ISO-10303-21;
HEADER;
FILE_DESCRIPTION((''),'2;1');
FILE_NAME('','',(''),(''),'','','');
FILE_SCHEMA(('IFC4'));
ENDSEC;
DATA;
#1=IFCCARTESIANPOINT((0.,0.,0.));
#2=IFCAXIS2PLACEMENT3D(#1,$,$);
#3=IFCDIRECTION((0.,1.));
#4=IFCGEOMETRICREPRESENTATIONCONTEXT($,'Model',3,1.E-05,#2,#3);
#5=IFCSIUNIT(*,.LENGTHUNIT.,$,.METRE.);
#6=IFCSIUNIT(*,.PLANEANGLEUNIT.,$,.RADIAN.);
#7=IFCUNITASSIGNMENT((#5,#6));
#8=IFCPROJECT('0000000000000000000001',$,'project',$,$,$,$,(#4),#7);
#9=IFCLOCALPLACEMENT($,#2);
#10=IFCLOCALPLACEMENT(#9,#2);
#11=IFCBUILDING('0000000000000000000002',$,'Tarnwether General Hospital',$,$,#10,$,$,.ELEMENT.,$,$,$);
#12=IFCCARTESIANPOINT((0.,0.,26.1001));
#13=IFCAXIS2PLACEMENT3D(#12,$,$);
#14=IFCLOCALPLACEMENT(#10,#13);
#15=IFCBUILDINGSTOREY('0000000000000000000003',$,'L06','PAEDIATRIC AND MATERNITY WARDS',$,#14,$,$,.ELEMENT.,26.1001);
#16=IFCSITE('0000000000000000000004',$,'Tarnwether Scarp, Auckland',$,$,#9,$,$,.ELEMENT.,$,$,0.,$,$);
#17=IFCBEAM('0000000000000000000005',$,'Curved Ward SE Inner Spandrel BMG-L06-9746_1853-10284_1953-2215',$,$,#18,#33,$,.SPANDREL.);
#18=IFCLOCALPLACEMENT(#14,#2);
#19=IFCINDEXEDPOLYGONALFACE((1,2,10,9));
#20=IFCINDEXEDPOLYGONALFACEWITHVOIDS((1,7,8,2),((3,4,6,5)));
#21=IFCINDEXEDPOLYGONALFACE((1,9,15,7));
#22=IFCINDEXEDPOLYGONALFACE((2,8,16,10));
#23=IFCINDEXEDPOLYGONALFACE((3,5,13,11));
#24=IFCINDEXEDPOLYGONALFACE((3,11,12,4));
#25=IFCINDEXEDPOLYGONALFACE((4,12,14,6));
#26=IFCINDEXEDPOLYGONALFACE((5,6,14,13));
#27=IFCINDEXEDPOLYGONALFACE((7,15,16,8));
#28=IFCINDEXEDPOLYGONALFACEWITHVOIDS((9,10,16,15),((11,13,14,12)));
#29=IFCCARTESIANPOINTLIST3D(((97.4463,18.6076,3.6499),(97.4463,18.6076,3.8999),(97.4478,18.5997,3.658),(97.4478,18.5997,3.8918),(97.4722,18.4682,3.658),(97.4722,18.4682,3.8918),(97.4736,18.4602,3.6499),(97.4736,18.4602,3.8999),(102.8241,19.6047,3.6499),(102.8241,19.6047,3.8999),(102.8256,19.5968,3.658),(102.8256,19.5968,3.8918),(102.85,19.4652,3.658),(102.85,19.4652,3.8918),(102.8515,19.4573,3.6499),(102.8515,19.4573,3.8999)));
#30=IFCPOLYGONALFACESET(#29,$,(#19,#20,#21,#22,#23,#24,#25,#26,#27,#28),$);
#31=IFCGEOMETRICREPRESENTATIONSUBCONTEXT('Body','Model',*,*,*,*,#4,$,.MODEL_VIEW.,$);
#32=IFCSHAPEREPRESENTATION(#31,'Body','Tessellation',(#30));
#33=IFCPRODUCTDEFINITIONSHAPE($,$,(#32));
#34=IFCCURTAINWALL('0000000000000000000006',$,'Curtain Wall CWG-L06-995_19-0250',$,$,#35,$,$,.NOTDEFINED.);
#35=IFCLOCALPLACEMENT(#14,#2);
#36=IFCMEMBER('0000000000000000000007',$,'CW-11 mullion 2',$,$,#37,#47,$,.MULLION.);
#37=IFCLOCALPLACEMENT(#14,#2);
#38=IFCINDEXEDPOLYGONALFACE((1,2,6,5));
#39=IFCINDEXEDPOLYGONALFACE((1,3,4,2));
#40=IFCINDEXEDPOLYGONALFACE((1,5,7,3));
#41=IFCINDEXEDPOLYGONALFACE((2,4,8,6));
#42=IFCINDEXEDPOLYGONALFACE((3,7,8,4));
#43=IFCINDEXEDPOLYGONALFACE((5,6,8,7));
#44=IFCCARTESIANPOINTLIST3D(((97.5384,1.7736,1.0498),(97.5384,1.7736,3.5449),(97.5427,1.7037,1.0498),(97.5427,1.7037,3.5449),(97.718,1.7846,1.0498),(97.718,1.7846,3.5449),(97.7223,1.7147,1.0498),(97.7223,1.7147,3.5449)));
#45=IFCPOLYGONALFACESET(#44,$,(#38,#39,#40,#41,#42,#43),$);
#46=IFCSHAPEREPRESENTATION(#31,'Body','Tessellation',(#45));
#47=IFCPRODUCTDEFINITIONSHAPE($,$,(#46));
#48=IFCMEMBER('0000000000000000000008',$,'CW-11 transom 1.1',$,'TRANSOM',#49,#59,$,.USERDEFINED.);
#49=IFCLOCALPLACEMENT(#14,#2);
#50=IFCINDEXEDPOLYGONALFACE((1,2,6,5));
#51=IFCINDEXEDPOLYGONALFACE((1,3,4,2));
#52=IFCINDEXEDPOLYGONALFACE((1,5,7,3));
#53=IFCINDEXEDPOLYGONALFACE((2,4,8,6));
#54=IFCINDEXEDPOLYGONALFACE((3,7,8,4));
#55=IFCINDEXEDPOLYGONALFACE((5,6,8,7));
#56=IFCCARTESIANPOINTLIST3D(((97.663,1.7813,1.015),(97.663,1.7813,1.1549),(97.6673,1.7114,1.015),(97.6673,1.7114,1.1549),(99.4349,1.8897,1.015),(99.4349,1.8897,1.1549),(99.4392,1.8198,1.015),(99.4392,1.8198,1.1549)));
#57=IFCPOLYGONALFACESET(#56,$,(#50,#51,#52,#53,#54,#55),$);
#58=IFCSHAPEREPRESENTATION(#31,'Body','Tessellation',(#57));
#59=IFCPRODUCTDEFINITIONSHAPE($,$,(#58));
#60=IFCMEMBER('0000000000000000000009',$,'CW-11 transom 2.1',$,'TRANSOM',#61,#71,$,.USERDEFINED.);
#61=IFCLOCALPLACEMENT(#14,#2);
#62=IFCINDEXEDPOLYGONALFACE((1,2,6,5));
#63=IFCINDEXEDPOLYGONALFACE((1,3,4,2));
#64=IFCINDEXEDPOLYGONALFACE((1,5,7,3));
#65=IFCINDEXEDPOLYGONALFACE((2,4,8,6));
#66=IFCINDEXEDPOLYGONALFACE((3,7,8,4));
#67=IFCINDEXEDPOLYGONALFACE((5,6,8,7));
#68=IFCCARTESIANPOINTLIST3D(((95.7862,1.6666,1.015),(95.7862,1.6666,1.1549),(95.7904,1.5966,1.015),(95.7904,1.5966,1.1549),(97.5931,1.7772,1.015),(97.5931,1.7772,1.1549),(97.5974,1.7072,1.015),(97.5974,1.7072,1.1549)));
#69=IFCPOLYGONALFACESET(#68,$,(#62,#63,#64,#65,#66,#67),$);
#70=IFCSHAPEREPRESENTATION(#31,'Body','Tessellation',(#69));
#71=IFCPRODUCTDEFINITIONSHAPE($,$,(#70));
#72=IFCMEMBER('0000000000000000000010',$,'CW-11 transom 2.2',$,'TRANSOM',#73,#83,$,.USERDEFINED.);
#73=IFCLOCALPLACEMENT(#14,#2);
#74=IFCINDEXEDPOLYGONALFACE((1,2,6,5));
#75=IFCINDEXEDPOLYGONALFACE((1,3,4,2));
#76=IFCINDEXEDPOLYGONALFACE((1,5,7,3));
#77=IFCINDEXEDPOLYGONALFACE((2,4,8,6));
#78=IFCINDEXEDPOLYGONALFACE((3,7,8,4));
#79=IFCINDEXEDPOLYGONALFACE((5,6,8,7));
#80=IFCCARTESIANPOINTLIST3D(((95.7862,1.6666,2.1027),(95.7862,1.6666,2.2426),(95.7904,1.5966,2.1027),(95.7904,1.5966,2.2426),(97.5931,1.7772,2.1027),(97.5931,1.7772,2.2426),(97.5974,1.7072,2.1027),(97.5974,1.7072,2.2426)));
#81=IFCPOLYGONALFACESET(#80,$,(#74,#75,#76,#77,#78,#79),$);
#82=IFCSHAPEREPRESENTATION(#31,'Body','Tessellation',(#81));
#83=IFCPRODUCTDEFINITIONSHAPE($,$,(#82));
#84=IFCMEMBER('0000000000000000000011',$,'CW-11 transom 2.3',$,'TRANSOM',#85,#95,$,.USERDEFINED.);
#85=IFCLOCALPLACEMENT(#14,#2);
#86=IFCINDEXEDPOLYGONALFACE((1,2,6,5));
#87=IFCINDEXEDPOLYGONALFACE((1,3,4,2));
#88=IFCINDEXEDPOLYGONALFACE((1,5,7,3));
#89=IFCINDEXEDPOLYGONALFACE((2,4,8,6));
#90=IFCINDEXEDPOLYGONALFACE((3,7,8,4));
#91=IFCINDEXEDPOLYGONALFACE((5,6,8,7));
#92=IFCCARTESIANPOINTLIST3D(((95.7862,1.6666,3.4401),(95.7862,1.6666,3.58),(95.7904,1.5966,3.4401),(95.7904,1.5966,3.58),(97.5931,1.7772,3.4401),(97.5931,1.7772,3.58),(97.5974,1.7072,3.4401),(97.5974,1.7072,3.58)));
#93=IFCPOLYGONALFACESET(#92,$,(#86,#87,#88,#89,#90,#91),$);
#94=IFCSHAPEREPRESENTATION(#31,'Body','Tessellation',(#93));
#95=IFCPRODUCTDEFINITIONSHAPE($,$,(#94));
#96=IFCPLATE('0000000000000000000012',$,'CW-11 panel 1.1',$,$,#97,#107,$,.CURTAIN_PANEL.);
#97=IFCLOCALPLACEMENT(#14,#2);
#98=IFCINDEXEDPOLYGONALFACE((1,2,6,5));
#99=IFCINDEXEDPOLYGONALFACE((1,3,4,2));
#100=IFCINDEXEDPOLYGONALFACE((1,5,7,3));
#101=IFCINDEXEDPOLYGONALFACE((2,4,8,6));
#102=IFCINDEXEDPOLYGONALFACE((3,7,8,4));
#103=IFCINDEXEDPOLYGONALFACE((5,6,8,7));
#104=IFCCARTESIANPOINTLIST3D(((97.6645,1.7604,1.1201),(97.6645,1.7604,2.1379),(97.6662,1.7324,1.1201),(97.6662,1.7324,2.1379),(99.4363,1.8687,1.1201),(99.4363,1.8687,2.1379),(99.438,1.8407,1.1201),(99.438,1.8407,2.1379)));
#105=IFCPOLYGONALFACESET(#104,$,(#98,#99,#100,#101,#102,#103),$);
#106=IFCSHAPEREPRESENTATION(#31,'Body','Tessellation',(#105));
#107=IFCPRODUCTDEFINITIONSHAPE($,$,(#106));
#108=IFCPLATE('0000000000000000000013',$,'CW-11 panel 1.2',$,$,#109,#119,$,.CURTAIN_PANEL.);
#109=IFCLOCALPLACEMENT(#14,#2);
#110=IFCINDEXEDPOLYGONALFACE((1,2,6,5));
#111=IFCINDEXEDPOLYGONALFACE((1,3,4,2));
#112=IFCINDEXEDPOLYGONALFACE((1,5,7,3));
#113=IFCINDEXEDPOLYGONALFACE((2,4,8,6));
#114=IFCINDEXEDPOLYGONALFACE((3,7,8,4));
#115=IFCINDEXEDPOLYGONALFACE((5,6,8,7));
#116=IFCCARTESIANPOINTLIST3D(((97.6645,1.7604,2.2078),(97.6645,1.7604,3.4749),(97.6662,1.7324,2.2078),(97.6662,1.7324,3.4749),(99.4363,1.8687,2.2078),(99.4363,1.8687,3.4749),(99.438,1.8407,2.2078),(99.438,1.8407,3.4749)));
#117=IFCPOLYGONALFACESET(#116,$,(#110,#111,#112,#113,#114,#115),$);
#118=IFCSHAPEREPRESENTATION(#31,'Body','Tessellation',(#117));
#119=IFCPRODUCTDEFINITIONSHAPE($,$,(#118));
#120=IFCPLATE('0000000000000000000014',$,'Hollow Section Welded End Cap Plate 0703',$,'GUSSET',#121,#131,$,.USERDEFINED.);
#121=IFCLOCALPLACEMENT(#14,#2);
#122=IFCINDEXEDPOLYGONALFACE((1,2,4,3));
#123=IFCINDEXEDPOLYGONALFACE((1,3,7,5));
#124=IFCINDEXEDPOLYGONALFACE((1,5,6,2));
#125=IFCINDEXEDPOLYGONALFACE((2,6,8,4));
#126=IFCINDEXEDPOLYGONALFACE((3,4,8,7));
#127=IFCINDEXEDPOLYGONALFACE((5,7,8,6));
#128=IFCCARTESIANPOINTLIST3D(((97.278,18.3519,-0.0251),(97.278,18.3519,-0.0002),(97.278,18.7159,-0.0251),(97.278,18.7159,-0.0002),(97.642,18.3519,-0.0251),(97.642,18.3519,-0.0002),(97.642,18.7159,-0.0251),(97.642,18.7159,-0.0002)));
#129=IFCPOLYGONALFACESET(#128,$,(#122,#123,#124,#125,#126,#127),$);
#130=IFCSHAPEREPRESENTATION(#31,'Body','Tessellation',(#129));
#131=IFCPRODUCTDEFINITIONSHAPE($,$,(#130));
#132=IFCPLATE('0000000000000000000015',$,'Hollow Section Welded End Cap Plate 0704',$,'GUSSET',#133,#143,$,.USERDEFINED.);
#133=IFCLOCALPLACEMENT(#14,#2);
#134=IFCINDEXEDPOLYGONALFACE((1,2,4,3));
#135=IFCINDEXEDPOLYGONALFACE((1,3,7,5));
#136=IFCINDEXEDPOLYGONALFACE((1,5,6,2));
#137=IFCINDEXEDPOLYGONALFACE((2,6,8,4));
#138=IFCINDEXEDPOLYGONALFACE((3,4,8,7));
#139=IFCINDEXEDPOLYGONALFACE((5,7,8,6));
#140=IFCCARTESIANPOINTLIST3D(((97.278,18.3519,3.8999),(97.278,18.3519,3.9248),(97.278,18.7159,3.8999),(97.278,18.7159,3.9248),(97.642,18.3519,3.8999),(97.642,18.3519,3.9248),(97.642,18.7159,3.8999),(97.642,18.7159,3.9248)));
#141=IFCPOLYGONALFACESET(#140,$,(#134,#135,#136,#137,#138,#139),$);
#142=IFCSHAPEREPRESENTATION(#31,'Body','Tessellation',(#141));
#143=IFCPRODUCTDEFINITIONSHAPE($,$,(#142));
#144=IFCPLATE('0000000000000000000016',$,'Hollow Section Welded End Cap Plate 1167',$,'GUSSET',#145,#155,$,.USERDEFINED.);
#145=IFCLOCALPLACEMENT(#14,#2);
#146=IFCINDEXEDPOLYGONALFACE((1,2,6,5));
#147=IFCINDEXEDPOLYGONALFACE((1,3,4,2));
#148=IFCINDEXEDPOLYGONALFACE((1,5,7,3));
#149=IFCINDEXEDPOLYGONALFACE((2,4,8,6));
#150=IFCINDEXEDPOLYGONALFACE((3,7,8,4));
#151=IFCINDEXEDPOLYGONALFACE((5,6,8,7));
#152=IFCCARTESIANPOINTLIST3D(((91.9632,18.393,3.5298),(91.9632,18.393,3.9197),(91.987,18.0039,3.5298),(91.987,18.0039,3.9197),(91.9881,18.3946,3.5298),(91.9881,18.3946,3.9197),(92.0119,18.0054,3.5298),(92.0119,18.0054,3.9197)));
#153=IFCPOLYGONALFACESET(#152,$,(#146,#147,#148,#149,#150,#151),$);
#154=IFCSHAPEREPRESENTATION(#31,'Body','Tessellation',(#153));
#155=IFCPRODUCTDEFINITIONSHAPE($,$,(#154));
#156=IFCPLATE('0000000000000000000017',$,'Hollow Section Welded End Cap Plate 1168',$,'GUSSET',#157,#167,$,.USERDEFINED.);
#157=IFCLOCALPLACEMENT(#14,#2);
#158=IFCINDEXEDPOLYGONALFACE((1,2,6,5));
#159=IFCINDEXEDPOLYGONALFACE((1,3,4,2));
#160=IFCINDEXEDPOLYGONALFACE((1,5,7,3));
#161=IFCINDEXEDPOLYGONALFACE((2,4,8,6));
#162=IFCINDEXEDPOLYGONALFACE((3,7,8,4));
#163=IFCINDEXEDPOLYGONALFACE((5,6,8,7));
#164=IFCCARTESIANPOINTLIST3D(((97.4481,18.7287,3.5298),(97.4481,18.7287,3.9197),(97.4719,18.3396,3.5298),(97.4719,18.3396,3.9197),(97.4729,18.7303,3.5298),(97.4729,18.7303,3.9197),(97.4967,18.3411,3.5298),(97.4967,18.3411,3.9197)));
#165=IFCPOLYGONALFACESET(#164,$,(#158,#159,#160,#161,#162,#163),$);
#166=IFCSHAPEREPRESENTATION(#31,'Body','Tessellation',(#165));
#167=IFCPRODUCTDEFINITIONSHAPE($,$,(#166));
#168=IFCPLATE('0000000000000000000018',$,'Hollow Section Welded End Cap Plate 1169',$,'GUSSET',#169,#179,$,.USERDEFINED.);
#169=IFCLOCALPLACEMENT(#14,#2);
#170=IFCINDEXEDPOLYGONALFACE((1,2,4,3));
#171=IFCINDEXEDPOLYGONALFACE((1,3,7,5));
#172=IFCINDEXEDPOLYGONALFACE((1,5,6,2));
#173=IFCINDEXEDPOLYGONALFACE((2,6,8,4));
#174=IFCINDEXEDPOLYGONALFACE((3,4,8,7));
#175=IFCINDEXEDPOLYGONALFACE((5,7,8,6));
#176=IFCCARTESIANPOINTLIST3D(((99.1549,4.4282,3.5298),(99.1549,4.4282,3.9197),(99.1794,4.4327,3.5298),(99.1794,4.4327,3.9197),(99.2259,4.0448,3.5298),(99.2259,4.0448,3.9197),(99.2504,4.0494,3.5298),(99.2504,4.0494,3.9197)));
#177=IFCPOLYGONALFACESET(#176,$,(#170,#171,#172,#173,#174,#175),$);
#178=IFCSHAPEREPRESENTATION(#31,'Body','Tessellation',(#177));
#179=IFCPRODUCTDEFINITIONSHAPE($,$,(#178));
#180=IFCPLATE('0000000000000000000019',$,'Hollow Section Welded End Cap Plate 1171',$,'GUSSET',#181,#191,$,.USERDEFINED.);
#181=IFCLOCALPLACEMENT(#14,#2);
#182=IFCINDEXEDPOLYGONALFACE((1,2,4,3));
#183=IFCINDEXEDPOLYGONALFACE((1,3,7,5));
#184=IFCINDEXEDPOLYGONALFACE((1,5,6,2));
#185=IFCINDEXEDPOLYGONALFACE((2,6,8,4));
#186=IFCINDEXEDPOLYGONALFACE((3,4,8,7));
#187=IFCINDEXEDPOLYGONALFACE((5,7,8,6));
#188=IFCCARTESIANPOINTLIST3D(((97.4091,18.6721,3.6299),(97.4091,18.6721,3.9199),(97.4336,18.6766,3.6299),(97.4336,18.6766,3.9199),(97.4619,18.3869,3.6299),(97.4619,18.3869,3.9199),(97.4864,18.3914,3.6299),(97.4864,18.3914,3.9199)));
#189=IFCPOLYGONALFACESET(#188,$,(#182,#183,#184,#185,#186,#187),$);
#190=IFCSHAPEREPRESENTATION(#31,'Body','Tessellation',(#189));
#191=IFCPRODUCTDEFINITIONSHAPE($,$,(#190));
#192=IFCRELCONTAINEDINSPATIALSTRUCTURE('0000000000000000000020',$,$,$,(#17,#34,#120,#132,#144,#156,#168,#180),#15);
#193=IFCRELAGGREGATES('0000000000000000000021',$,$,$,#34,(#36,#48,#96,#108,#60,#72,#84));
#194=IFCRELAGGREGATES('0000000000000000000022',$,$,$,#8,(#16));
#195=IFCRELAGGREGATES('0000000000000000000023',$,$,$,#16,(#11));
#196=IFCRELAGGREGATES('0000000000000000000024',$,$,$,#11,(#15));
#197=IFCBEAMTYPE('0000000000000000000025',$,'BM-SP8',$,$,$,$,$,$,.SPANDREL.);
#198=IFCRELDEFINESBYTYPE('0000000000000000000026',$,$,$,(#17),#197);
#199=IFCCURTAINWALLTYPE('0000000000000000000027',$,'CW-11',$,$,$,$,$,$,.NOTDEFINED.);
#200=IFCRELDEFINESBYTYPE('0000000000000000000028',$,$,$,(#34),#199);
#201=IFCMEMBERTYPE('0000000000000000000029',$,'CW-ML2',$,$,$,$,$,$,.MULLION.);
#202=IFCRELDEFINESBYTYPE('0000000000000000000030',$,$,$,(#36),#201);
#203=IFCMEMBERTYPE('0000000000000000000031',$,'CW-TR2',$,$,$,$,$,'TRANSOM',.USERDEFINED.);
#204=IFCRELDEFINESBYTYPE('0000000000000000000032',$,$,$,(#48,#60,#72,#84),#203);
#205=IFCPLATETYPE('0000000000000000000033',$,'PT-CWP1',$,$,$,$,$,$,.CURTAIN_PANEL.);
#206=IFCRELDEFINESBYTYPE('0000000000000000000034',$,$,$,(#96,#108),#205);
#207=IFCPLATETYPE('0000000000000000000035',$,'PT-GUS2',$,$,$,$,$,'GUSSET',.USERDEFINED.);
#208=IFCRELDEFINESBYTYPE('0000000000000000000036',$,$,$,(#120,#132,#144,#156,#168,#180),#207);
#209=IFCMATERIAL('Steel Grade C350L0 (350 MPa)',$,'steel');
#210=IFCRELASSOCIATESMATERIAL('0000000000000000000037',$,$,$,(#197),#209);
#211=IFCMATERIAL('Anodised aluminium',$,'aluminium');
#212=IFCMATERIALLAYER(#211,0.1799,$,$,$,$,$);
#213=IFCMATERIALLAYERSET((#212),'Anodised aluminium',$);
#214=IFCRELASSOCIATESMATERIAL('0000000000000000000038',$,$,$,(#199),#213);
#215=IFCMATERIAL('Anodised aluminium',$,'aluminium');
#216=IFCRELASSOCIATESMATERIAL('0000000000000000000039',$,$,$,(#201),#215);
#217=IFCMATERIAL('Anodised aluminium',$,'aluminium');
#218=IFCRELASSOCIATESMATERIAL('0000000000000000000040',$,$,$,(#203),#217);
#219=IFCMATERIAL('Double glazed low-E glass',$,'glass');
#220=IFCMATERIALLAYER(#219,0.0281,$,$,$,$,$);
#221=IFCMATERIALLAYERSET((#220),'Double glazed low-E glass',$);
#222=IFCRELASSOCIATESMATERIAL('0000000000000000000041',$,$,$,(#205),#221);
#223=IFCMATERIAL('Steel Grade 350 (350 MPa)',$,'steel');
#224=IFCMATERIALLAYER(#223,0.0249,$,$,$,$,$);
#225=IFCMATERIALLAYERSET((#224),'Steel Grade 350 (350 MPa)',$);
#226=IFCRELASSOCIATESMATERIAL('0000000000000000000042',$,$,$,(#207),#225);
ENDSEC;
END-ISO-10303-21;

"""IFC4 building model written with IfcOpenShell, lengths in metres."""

from ifc_helpers import new_model, si_unit, direction, frame, origin, origin_2d, place, context, subcontext, project, spatial, rectangle, hollow_rectangle, extrude, material, layer, layer_set, material_profile, profile_set, type_object, element, aggregate, save


model = new_model("IFC4")

# Units and contexts
model_context = context("Model", 3, precision=1e-05, world=origin(), true_north=direction((0.0, 1.0)))
body_context = subcontext(model_context, "Body", "Model", "MODEL_VIEW")
ifc_project = project(units=[si_unit("LENGTHUNIT", "METRE"), si_unit("PLANEANGLEUNIT", "RADIAN")], contexts=[model_context])

# Site, building, storey
site_placement = place(None, origin())
site = spatial("IfcSite", under=ifc_project, at=site_placement, Name="Tarnwether Scarp, Auckland", CompositionType="ELEMENT", RefElevation=0.0)
building_placement = place(site_placement, origin())
building = spatial("IfcBuilding", under=site, at=building_placement, Name="Tarnwether General Hospital", CompositionType="ELEMENT")
storey_placement = place(building_placement, frame((0.0, 0.0, 26.1001)))
storey = spatial("IfcBuildingStorey", under=building, at=storey_placement, Name="L06", Description="PAEDIATRIC AND MATERNITY WARDS", CompositionType="ELEMENT", Elevation=26.1001)

# Beam
ifc_material_1 = material(Name="Steel Grade C350L0 (350 MPa)", Category="steel")
ifc_material_profile_1 = material_profile(ifc_material_1, hollow_rectangle(XDim=0.1499, YDim=0.25, WallThickness=0.0081, at=origin_2d()), Name="RHS250x150x8")
ifc_profile_set_1 = profile_set([ifc_material_profile_1], Name="Steel Grade C350L0 (350 MPa)")
beam_type_1 = type_object("IfcBeamType", Name="BM-SP8", PredefinedType="SPANDREL", material=ifc_profile_set_1)
beam_1_placement = place(storey_placement, frame((97.46, 18.5339, 3.7749), z_axis=(0.983244, 0.182294, 0.0), x_axis=(-0.182294, 0.983244, 0.0)))
element("IfcBeam", 1, at=beam_1_placement, inside=storey, type_object=beam_type_1, Name="Curved Ward SE Inner Spandrel BMG-L06-9746_1853-10284_1953-2215", PredefinedType="SPANDREL", context=body_context, shape_type="SweptSolid", body=[
    extrude(hollow_rectangle(XDim=0.1499, YDim=0.25, WallThickness=0.0081, at=origin_2d()), origin(), (0.0, 0.0, 1.0), 5.4695),
])

# Curtain wall, members, plates
ifc_material_2 = material(Name="Anodised aluminium", Category="aluminium")
ifc_layer_1 = layer(ifc_material_2, 0.1799)
ifc_layer_set_1 = layer_set([ifc_layer_1], Name="Anodised aluminium")
curtain_wall_type = type_object("IfcCurtainWallType", Name="CW-11", PredefinedType="NOTDEFINED", material=ifc_layer_set_1)
curtain_wall_placement = place(storey_placement, origin())
curtain_wall = element("IfcCurtainWall", 2, at=curtain_wall_placement, inside=storey, type_object=curtain_wall_type, Name="Curtain Wall CWG-L06-995_19-0250", PredefinedType="NOTDEFINED")
ifc_material_3 = material(Name="Anodised aluminium", Category="aluminium")
ifc_material_profile_2 = material_profile(ifc_material_3, rectangle(XDim=0.0701, YDim=0.1799, at=origin_2d()), Name="ALU-MUL-70x180")
ifc_profile_set_2 = profile_set([ifc_material_profile_2], Name="Anodised aluminium")
member_type_1 = type_object("IfcMemberType", Name="CW-ML2", PredefinedType="MULLION", material=ifc_profile_set_2)
member_1_placement = place(storey_placement, frame((97.6304, 1.7441, 1.0498), z_axis=(0.0, 0.0, 1.0), x_axis=(0.061029, -0.998136, 0.0)))
member_1 = element("IfcMember", 3, at=member_1_placement, type_object=member_type_1, Name="CW-11 mullion 2", PredefinedType="MULLION", context=body_context, shape_type="SweptSolid", body=[
    extrude(rectangle(XDim=0.0701, YDim=0.1799, at=origin_2d()), origin(), (0.0, 0.0, 1.0), 2.4951),
])
ifc_material_4 = material(Name="Anodised aluminium", Category="aluminium")
ifc_material_profile_3 = material_profile(ifc_material_4, rectangle(XDim=0.0701, YDim=0.1399, at=origin_2d()), Name="ALU-TRN-70x140")
ifc_profile_set_3 = profile_set([ifc_material_profile_3], Name="Anodised aluminium")
member_type_2 = type_object("IfcMemberType", Name="CW-TR2", ElementType="TRANSOM", PredefinedType="USERDEFINED", material=ifc_profile_set_3)
member_2_placement = place(storey_placement, frame((99.437, 1.8547, 1.085), z_axis=(-0.998134, -0.061068, 0.0), x_axis=(0.061068, -0.998134, 0.0)))
member_2 = element("IfcMember", 4, at=member_2_placement, type_object=member_type_2, Name="CW-11 transom 1.1", ObjectType="TRANSOM", PredefinedType="USERDEFINED", context=body_context, shape_type="SweptSolid", body=[
    extrude(rectangle(XDim=0.0701, YDim=0.1399, at=origin_2d()), origin(), (0.0, 0.0, 1.0), 1.7751),
])
member_3_placement = place(storey_placement, frame((97.5952, 1.7422, 1.085), z_axis=(-0.998132, -0.061094, 0.0), x_axis=(0.061094, -0.998132, 0.0)))
member_3 = element("IfcMember", 5, at=member_3_placement, type_object=member_type_2, Name="CW-11 transom 2.1", ObjectType="TRANSOM", PredefinedType="USERDEFINED", context=body_context, shape_type="SweptSolid", body=[
    extrude(rectangle(XDim=0.0701, YDim=0.1399, at=origin_2d()), origin(), (0.0, 0.0, 1.0), 1.8103),
])
member_4_placement = place(storey_placement, frame((97.5952, 1.7422, 2.1726), z_axis=(-0.998132, -0.061094, 0.0), x_axis=(0.061094, -0.998132, 0.0)))
member_4 = element("IfcMember", 6, at=member_4_placement, type_object=member_type_2, Name="CW-11 transom 2.2", ObjectType="TRANSOM", PredefinedType="USERDEFINED", context=body_context, shape_type="SweptSolid", body=[
    extrude(rectangle(XDim=0.0701, YDim=0.1399, at=origin_2d()), origin(), (0.0, 0.0, 1.0), 1.8103),
])
member_5_placement = place(storey_placement, frame((97.5952, 1.7422, 3.51), z_axis=(-0.998132, -0.061094, 0.0), x_axis=(0.061094, -0.998132, 0.0)))
member_5 = element("IfcMember", 7, at=member_5_placement, type_object=member_type_2, Name="CW-11 transom 2.3", ObjectType="TRANSOM", PredefinedType="USERDEFINED", context=body_context, shape_type="SweptSolid", body=[
    extrude(rectangle(XDim=0.0701, YDim=0.1399, at=origin_2d()), origin(), (0.0, 0.0, 1.0), 1.8103),
])
ifc_material_5 = material(Name="Double glazed low-E glass", Category="glass")
ifc_layer_2 = layer(ifc_material_5, 0.0281)
ifc_layer_set_2 = layer_set([ifc_layer_2], Name="Double glazed low-E glass")
plate_type_1 = type_object("IfcPlateType", Name="PT-CWP1", PredefinedType="CURTAIN_PANEL", material=ifc_layer_set_2)
plate_1_placement = place(storey_placement, frame((98.5513, 1.8005, 1.1201), z_axis=(0.0, 0.0, 1.0), x_axis=(-0.998136, -0.061029, 0.0)))
plate_1 = element("IfcPlate", 8, at=plate_1_placement, type_object=plate_type_1, Name="CW-11 panel 1.1", PredefinedType="CURTAIN_PANEL", context=body_context, shape_type="SweptSolid", body=[
    extrude(rectangle(XDim=1.7751, YDim=0.0281, at=origin_2d()), origin(), (0.0, 0.0, 1.0), 1.0178),
])
plate_2_placement = place(storey_placement, frame((98.5513, 1.8005, 2.2078), z_axis=(0.0, 0.0, 1.0), x_axis=(-0.998136, -0.061029, 0.0)))
plate_2 = element("IfcPlate", 9, at=plate_2_placement, type_object=plate_type_1, Name="CW-11 panel 1.2", PredefinedType="CURTAIN_PANEL", context=body_context, shape_type="SweptSolid", body=[
    extrude(rectangle(XDim=1.7751, YDim=0.0281, at=origin_2d()), origin(), (0.0, 0.0, 1.0), 1.2671),
])
aggregate(curtain_wall, [member_1, member_2, plate_1, plate_2, member_3, member_4, member_5])

# Plates
ifc_material_6 = material(Name="Steel Grade 350 (350 MPa)", Category="steel")
ifc_layer_3 = layer(ifc_material_6, 0.0249)
ifc_layer_set_3 = layer_set([ifc_layer_3], Name="Steel Grade 350 (350 MPa)")
plate_type_2 = type_object("IfcPlateType", Name="PT-GUS2", ElementType="GUSSET", PredefinedType="USERDEFINED", material=ifc_layer_set_3)
for number, where, z_axis, x_axis, name in (
    (10, (97.46, 18.5339, -0.0251), (0.0, 0.0, 1.0), (1.0, 0.0, 0.0), "Hollow Section Welded End Cap Plate 0703"),
    (11, (97.46, 18.5339, 3.8999), (0.0, 0.0, 1.0), (1.0, 0.0, 0.0), "Hollow Section Welded End Cap Plate 0704"),
):
    element("IfcPlate", number, at=place(storey_placement, frame(where, z_axis=z_axis, x_axis=x_axis)), inside=storey, type_object=plate_type_2, Name=name, ObjectType="GUSSET", PredefinedType="USERDEFINED", context=body_context, shape_type="SweptSolid", body=[
        extrude(rectangle(XDim=0.364, YDim=0.364, at=origin_2d()), origin(), (0.0, 0.0, 1.0), 0.0249),
    ])
for number, where, z_axis, x_axis, name in (
    (12, (91.9875, 18.1992, 3.5298), (0.0, 0.0, 1.0), (0.998134, 0.061066, 0.0), "Hollow Section Welded End Cap Plate 1167"),
    (13, (97.4724, 18.5349, 3.5298), (0.0, 0.0, 1.0), (0.998134, 0.061066, 0.0), "Hollow Section Welded End Cap Plate 1168"),
    (14, (99.2026, 4.2388, 3.5298), (0.0, 0.0, 1.0), (0.983261, 0.182201, 0.0), "Hollow Section Welded End Cap Plate 1169"),
):
    element("IfcPlate", number, at=place(storey_placement, frame(where, z_axis=z_axis, x_axis=x_axis)), inside=storey, type_object=plate_type_2, Name=name, ObjectType="GUSSET", PredefinedType="USERDEFINED", context=body_context, shape_type="SweptSolid", body=[
        extrude(rectangle(XDim=0.0249, YDim=0.3899, at=origin_2d()), origin(), (0.0, 0.0, 1.0), 0.3899),
    ])
plate_3_placement = place(storey_placement, frame((97.4478, 18.5317, 3.6299), z_axis=(0.0, 0.0, 1.0), x_axis=(0.983245, 0.182287, 0.0)))
element("IfcPlate", 15, at=plate_3_placement, inside=storey, type_object=plate_type_2, Name="Hollow Section Welded End Cap Plate 1171", ObjectType="GUSSET", PredefinedType="USERDEFINED", context=body_context, shape_type="SweptSolid", body=[
    extrude(rectangle(XDim=0.0249, YDim=0.29, at=origin_2d()), origin(), (0.0, 0.0, 1.0), 0.29),
])

save(model, "model.ifc")
